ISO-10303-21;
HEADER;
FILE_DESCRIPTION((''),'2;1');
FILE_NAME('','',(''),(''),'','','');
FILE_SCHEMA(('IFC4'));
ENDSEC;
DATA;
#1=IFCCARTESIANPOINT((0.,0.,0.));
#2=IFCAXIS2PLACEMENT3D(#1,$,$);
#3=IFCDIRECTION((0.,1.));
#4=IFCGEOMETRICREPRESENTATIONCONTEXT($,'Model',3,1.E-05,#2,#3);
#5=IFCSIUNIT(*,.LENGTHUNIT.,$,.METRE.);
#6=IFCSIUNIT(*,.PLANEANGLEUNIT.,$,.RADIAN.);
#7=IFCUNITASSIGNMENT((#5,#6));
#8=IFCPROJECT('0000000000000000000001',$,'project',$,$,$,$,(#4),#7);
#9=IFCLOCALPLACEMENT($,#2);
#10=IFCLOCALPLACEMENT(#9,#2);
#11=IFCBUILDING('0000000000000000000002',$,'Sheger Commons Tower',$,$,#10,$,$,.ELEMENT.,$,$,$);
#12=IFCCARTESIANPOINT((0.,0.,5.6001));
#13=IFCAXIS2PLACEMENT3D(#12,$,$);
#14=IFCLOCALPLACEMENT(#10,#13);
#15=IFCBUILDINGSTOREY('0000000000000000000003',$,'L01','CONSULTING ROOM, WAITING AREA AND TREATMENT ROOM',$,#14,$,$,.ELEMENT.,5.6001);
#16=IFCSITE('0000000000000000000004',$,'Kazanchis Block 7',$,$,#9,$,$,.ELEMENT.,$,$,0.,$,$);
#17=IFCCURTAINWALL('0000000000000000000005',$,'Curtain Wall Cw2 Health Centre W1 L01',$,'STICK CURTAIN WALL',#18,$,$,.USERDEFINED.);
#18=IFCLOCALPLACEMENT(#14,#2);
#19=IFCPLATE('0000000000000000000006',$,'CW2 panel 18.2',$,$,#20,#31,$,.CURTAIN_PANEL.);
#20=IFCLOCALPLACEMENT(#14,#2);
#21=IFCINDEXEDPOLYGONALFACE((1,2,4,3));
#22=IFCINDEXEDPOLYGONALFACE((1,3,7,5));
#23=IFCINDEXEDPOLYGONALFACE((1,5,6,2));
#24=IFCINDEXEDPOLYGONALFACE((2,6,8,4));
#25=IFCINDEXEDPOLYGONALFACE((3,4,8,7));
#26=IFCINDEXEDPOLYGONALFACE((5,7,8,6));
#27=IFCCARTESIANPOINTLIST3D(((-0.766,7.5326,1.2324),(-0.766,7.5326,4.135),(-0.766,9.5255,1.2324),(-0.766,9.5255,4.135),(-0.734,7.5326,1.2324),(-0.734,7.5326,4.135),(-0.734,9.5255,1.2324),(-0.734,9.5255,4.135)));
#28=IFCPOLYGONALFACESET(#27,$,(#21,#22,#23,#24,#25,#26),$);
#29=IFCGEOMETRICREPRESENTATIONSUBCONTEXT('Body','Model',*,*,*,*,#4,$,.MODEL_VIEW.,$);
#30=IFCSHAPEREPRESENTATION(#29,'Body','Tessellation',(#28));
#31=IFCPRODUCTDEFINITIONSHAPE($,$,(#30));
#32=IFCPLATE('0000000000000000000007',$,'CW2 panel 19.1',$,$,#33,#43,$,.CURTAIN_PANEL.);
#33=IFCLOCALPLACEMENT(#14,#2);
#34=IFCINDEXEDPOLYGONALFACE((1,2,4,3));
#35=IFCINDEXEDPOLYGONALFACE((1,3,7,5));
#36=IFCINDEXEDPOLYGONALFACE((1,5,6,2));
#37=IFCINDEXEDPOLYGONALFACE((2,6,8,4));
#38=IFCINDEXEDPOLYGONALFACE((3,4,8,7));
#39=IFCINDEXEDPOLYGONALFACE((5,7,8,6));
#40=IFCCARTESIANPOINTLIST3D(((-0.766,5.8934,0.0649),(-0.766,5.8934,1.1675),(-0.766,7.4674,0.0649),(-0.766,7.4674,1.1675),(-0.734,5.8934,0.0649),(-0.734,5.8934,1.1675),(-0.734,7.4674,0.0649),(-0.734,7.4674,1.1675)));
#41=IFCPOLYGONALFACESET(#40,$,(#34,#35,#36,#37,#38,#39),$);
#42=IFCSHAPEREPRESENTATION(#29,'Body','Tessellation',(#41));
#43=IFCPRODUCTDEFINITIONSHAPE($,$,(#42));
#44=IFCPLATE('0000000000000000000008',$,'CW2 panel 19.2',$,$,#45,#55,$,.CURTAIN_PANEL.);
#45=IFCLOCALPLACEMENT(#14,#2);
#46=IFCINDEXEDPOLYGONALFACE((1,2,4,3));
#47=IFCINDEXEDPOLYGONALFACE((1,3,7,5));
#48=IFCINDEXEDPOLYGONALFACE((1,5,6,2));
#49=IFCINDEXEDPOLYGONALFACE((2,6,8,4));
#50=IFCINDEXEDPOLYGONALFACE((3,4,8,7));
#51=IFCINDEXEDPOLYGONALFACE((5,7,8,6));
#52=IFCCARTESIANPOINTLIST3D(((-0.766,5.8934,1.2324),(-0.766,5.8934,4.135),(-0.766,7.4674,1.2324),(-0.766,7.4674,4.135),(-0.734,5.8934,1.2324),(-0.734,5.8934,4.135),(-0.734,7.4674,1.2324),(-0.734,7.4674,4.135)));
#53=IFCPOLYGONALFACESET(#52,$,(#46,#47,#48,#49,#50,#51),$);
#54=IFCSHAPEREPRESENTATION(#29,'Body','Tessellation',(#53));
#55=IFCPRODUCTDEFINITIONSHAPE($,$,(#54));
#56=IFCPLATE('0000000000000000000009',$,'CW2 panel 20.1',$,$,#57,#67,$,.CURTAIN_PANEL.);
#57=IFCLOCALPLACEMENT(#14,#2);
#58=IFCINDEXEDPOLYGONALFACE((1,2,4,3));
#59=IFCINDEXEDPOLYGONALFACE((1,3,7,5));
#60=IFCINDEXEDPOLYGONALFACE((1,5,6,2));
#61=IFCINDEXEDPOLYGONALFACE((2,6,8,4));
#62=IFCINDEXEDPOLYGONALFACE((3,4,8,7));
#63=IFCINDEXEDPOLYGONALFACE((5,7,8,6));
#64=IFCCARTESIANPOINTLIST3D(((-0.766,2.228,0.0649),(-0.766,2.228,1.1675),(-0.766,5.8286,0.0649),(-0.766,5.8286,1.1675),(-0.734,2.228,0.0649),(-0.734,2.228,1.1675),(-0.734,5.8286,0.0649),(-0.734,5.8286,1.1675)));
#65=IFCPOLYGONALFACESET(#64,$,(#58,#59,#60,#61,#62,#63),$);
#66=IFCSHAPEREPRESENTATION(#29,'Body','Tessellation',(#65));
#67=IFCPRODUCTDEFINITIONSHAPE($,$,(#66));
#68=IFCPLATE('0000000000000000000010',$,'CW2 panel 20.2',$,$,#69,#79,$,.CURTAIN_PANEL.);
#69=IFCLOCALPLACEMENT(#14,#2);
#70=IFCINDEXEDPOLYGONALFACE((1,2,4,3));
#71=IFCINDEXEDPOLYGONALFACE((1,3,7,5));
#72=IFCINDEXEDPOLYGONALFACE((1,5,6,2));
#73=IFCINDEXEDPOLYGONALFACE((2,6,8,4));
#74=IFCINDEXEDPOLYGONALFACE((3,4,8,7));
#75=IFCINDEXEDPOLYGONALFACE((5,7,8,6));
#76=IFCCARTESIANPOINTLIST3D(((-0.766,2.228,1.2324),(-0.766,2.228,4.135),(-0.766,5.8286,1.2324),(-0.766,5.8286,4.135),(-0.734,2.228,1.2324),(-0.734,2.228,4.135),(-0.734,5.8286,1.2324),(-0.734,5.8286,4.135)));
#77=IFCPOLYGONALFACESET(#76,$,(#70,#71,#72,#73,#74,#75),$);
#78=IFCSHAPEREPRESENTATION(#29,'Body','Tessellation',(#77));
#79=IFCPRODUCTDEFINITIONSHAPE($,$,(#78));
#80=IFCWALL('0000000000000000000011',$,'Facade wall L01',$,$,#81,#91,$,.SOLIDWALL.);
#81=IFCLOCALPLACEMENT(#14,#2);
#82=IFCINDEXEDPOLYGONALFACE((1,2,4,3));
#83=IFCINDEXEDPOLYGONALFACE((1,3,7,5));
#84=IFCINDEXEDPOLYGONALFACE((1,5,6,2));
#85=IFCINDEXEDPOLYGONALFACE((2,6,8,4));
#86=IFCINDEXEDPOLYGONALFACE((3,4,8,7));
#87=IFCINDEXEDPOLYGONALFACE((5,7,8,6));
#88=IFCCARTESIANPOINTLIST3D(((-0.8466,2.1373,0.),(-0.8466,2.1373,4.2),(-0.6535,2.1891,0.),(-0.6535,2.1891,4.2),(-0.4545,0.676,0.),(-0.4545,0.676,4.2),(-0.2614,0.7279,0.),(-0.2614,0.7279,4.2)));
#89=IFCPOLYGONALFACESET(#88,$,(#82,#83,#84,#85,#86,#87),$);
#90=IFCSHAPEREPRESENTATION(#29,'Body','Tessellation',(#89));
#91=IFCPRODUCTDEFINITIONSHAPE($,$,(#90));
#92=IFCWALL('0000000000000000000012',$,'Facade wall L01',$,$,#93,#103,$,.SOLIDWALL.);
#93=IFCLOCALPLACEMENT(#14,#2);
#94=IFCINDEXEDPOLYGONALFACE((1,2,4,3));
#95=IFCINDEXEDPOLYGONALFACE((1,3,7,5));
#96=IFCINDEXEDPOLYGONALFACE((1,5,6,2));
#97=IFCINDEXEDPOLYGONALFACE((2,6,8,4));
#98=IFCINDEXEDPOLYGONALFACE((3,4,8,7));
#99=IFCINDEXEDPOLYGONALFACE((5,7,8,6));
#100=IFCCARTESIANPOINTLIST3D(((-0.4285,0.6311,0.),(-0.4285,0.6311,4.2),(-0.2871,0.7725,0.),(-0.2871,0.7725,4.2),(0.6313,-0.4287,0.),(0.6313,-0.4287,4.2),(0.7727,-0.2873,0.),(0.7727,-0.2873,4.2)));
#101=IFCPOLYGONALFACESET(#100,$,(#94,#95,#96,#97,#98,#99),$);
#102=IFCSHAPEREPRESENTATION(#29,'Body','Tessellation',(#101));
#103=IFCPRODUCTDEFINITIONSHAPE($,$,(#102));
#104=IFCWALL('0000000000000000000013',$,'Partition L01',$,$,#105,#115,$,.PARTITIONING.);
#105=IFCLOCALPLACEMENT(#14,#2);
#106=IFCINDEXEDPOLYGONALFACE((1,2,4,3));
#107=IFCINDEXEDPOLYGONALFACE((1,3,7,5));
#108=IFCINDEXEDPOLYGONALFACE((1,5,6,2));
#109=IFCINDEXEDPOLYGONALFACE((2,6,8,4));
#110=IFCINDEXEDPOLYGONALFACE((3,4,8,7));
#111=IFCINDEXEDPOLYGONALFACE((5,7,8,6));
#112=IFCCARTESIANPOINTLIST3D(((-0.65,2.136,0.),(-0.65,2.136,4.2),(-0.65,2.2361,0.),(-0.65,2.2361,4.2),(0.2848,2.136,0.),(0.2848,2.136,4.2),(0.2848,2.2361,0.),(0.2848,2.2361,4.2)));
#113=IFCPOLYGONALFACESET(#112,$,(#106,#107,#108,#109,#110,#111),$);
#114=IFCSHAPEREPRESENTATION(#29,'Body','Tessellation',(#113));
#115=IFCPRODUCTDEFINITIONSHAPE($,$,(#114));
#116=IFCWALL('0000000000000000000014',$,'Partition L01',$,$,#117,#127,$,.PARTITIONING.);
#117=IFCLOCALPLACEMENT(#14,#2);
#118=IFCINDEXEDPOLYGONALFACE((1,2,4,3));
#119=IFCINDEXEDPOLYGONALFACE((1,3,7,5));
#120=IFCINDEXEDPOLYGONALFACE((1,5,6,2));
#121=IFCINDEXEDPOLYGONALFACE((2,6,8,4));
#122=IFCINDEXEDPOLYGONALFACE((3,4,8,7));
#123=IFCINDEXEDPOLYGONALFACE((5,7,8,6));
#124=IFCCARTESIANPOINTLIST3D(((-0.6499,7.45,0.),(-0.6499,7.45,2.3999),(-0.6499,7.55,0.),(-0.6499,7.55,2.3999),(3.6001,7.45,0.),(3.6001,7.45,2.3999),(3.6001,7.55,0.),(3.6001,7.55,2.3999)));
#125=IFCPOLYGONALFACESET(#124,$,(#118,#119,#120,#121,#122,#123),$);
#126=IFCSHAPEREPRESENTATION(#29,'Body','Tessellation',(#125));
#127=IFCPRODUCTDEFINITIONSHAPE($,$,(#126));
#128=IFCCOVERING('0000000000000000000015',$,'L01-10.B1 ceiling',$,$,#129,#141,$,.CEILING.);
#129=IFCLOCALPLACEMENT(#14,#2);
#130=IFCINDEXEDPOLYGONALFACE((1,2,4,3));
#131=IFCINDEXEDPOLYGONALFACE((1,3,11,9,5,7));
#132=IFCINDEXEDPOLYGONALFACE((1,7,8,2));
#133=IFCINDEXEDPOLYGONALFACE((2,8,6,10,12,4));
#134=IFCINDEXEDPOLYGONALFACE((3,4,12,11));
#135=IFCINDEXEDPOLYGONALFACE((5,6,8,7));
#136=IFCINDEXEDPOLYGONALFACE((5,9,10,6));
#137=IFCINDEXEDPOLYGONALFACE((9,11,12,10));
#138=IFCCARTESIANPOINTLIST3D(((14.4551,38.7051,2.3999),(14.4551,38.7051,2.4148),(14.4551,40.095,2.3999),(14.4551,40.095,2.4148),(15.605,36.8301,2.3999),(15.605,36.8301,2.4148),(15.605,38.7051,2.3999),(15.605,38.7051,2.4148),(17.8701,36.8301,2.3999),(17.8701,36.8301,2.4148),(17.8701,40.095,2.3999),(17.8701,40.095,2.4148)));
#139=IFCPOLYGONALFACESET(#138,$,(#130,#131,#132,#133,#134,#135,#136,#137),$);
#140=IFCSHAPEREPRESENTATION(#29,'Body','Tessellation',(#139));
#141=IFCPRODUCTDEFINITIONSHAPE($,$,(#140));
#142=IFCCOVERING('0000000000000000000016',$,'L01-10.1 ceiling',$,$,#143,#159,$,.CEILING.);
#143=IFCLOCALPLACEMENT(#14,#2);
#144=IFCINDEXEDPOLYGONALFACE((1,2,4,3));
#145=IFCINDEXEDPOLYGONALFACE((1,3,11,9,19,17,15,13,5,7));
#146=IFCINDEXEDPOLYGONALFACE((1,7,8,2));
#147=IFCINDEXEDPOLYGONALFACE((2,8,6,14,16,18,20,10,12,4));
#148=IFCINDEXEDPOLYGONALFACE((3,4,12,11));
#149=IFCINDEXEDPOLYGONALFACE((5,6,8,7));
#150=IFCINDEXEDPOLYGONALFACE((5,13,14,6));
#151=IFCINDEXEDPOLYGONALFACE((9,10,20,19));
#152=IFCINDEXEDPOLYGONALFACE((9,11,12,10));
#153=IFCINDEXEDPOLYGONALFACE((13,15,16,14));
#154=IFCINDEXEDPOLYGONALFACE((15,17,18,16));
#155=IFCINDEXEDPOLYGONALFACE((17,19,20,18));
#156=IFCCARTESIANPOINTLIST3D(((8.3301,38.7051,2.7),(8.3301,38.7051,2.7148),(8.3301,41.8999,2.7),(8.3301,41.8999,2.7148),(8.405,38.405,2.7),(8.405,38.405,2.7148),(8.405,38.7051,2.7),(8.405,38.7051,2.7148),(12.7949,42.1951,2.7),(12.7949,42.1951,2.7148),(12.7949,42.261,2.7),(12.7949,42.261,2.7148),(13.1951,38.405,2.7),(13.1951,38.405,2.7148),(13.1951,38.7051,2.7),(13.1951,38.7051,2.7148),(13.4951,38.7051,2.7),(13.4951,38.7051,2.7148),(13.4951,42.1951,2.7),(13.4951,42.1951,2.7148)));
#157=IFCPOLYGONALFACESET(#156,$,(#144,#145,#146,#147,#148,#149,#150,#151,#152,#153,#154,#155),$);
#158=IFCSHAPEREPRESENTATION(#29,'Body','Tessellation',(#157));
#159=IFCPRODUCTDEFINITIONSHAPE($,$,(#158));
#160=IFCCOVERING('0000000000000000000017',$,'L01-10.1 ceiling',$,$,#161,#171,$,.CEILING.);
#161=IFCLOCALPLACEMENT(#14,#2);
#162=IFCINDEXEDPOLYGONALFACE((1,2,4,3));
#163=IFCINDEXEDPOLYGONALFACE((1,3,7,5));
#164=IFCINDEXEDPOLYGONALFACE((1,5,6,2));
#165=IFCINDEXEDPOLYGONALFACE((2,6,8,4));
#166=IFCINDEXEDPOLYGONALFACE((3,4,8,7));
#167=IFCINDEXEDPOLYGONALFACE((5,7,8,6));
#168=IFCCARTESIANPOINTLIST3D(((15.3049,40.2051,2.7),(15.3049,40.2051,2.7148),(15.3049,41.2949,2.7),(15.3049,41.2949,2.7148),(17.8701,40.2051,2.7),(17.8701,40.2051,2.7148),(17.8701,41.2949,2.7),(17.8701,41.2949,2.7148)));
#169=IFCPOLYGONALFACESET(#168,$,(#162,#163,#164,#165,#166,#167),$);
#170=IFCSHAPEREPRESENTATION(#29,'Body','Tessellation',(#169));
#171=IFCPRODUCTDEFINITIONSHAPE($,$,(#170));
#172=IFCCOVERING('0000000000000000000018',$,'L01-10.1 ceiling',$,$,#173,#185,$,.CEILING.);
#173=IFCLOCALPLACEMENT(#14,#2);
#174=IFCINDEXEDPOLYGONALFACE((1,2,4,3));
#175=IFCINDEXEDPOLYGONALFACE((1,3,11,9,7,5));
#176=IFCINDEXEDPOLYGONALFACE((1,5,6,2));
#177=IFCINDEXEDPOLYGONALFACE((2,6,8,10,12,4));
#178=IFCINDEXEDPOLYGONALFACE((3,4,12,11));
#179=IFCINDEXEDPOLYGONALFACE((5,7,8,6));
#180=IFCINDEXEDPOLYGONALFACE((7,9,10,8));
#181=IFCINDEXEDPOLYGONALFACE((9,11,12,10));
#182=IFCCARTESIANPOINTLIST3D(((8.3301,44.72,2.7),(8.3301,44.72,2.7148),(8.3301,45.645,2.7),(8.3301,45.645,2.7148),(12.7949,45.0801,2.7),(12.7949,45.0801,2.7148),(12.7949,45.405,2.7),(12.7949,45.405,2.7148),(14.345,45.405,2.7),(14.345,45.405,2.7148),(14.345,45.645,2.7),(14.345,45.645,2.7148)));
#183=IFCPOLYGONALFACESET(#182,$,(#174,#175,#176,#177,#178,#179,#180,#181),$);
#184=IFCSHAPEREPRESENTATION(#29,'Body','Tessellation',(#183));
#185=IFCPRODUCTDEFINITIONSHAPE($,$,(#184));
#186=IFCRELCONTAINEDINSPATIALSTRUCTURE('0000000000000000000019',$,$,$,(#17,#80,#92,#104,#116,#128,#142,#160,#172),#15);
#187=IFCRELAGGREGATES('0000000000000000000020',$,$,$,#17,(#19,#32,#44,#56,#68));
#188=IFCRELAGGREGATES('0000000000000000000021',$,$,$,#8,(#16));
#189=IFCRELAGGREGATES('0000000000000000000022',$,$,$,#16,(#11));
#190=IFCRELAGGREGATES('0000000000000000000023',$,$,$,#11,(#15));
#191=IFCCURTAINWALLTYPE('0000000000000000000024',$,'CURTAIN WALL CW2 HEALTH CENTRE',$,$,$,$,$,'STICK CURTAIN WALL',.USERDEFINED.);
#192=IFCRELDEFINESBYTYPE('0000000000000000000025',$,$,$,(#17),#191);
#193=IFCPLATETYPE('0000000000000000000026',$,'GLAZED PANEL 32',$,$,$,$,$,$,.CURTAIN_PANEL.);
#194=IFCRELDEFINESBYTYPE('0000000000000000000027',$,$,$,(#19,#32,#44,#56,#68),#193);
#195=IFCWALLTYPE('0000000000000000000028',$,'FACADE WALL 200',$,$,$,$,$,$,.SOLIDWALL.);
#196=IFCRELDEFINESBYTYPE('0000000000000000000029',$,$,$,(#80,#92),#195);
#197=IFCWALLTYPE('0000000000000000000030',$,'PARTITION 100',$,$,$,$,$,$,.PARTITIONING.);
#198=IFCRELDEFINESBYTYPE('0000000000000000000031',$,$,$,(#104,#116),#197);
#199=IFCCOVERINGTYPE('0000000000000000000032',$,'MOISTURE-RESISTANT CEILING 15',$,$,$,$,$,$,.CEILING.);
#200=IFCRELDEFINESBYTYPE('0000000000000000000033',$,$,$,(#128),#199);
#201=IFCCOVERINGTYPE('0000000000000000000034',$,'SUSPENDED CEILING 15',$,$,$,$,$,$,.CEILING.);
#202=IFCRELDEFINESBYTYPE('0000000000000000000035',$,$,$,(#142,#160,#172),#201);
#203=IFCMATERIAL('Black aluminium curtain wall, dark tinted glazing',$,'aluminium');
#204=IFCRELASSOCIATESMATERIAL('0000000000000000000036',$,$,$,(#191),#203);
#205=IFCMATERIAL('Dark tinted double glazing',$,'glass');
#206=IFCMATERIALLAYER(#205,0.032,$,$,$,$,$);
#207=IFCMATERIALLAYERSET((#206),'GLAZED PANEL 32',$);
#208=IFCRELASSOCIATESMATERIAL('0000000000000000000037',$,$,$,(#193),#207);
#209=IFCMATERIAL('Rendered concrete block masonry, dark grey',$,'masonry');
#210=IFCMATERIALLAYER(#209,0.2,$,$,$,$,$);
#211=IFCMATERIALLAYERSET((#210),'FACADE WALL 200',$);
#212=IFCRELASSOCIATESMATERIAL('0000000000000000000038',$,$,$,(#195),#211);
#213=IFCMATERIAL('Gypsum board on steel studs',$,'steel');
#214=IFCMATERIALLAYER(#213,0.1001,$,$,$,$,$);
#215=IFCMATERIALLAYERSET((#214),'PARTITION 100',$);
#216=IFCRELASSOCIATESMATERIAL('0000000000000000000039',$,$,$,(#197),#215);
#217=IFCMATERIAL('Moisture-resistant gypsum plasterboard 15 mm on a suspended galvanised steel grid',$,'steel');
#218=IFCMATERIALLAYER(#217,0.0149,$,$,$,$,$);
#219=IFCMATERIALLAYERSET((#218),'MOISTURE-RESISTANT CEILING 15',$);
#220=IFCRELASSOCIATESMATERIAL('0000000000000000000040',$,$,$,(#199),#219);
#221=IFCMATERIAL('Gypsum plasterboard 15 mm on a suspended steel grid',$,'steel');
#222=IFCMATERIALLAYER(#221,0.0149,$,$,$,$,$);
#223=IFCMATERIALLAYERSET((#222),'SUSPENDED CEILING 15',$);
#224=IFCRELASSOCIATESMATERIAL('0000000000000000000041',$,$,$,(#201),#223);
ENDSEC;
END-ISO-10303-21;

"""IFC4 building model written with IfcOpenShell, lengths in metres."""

from ifc_helpers import new_model, si_unit, direction, frame, frame_2d, origin, origin_2d, place, context, subcontext, project, spatial, polyline, rectangle, outline, extrude, material, layer, layer_set, type_object, element, aggregate, save


model = new_model("IFC4")

# Units and contexts
model_context = context("Model", 3, precision=1e-05, world=origin(), true_north=direction((0.0, 1.0)))
body_context = subcontext(model_context, "Body", "Model", "MODEL_VIEW")
ifc_project = project(units=[si_unit("LENGTHUNIT", "METRE"), si_unit("PLANEANGLEUNIT", "RADIAN")], contexts=[model_context])

# Site, building, storey
site_placement = place(None, origin())
site = spatial("IfcSite", under=ifc_project, at=site_placement, Name="Kazanchis Block 7", CompositionType="ELEMENT", RefElevation=0.0)
building_placement = place(site_placement, origin())
building = spatial("IfcBuilding", under=site, at=building_placement, Name="Sheger Commons Tower", CompositionType="ELEMENT")
storey_placement = place(building_placement, frame((0.0, 0.0, 5.6001)))
storey = spatial("IfcBuildingStorey", under=building, at=storey_placement, Name="L01", Description="CONSULTING ROOM, WAITING AREA AND TREATMENT ROOM", CompositionType="ELEMENT", Elevation=5.6001)

# Curtain wall, plates
ifc_material_1 = material(Name="Black aluminium curtain wall, dark tinted glazing", Category="aluminium")
curtain_wall_type = type_object("IfcCurtainWallType", Name="CURTAIN WALL CW2 HEALTH CENTRE", ElementType="STICK CURTAIN WALL", PredefinedType="USERDEFINED", material=ifc_material_1)
curtain_wall_placement = place(storey_placement, origin())
curtain_wall = element("IfcCurtainWall", 1, at=curtain_wall_placement, inside=storey, type_object=curtain_wall_type, Name="Curtain Wall Cw2 Health Centre W1 L01", ObjectType="STICK CURTAIN WALL", PredefinedType="USERDEFINED")
ifc_material_2 = material(Name="Dark tinted double glazing", Category="glass")
ifc_layer_1 = layer(ifc_material_2, 0.032)
ifc_layer_set_1 = layer_set([ifc_layer_1], Name="GLAZED PANEL 32")
plate_type = type_object("IfcPlateType", Name="GLAZED PANEL 32", PredefinedType="CURTAIN_PANEL", material=ifc_layer_set_1)
plate_1_placement = place(storey_placement, frame((-0.75, 8.5291, 1.2324), z_axis=(0.0, 0.0, 1.0), x_axis=(0.0, -1.0, 0.0)))
plate_1 = element("IfcPlate", 2, at=plate_1_placement, type_object=plate_type, Name="CW2 panel 18.2", PredefinedType="CURTAIN_PANEL", context=body_context, shape_type="SweptSolid", body=[
    extrude(rectangle(XDim=1.9929, YDim=0.032, at=origin_2d()), origin(), (0.0, 0.0, 1.0), 2.9026),
])
plate_2_placement = place(storey_placement, frame((-0.75, 6.6804, 0.0649), z_axis=(0.0, 0.0, 1.0), x_axis=(0.0, -1.0, 0.0)))
plate_2 = element("IfcPlate", 3, at=plate_2_placement, type_object=plate_type, Name="CW2 panel 19.1", PredefinedType="CURTAIN_PANEL", context=body_context, shape_type="SweptSolid", body=[
    extrude(rectangle(XDim=1.574, YDim=0.032, at=origin_2d()), origin(), (0.0, 0.0, 1.0), 1.1025),
])
plate_3_placement = place(storey_placement, frame((-0.75, 6.6804, 1.2324), z_axis=(0.0, 0.0, 1.0), x_axis=(0.0, -1.0, 0.0)))
plate_3 = element("IfcPlate", 4, at=plate_3_placement, type_object=plate_type, Name="CW2 panel 19.2", PredefinedType="CURTAIN_PANEL", context=body_context, shape_type="SweptSolid", body=[
    extrude(rectangle(XDim=1.574, YDim=0.032, at=origin_2d()), origin(), (0.0, 0.0, 1.0), 2.9026),
])
plate_4_placement = place(storey_placement, frame((-0.75, 4.0283, 0.0649), z_axis=(0.0, 0.0, 1.0), x_axis=(0.0, -1.0, 0.0)))
plate_4 = element("IfcPlate", 5, at=plate_4_placement, type_object=plate_type, Name="CW2 panel 20.1", PredefinedType="CURTAIN_PANEL", context=body_context, shape_type="SweptSolid", body=[
    extrude(rectangle(XDim=3.6006, YDim=0.032, at=origin_2d()), origin(), (0.0, 0.0, 1.0), 1.1025),
])
plate_5_placement = place(storey_placement, frame((-0.75, 4.0283, 1.2324), z_axis=(0.0, 0.0, 1.0), x_axis=(0.0, -1.0, 0.0)))
plate_5 = element("IfcPlate", 6, at=plate_5_placement, type_object=plate_type, Name="CW2 panel 20.2", PredefinedType="CURTAIN_PANEL", context=body_context, shape_type="SweptSolid", body=[
    extrude(rectangle(XDim=3.6006, YDim=0.032, at=origin_2d()), origin(), (0.0, 0.0, 1.0), 2.9026),
])
aggregate(curtain_wall, [plate_1, plate_2, plate_3, plate_4, plate_5])

# Walls
ifc_material_3 = material(Name="Rendered concrete block masonry, dark grey", Category="masonry")
ifc_layer_2 = layer(ifc_material_3, 0.2)
ifc_layer_set_2 = layer_set([ifc_layer_2], Name="FACADE WALL 200")
wall_type_1 = type_object("IfcWallType", Name="FACADE WALL 200", PredefinedType="SOLIDWALL", material=ifc_layer_set_2)
wall_1_placement = place(storey_placement, frame((-0.75, 2.1631, 0.0), z_axis=(0.0, 0.0, 1.0), x_axis=(0.259169, -0.965832, 0.0)))
element("IfcWall", 7, at=wall_1_placement, inside=storey, type_object=wall_type_1, Name="Facade wall L01", PredefinedType="SOLIDWALL", context=body_context, shape_type="SweptSolid", body=[
    extrude(rectangle(XDim=1.5129, YDim=0.2, at=frame_2d((0.7563, 0.0))), origin(), (0.0, 0.0, 1.0), 4.2),
])
wall_2_placement = place(storey_placement, frame((-0.3579, 0.7019, 0.0), z_axis=(0.0, 0.0, 1.0), x_axis=(0.707107, -0.707107, 0.0)))
element("IfcWall", 8, at=wall_2_placement, inside=storey, type_object=wall_type_1, Name="Facade wall L01", PredefinedType="SOLIDWALL", context=body_context, shape_type="SweptSolid", body=[
    extrude(rectangle(XDim=1.4988, YDim=0.2, at=frame_2d((0.7495, 0.0))), origin(), (0.0, 0.0, 1.0), 4.2),
])
ifc_material_4 = material(Name="Gypsum board on steel studs", Category="steel")
ifc_layer_3 = layer(ifc_material_4, 0.1001)
ifc_layer_set_3 = layer_set([ifc_layer_3], Name="PARTITION 100")
wall_type_2 = type_object("IfcWallType", Name="PARTITION 100", PredefinedType="PARTITIONING", material=ifc_layer_set_3)
wall_3_placement = place(storey_placement, frame((-0.6499, 2.186, 0.0), z_axis=(0.0, 0.0, 1.0), x_axis=(1.0, 0.0, 0.0)))
element("IfcWall", 9, at=wall_3_placement, inside=storey, type_object=wall_type_2, Name="Partition L01", PredefinedType="PARTITIONING", context=body_context, shape_type="SweptSolid", body=[
    extrude(rectangle(XDim=0.9348, YDim=0.1001, at=frame_2d((0.4673, 0.0))), origin(), (0.0, 0.0, 1.0), 4.2),
])
wall_4_placement = place(storey_placement, frame((-0.6499, 7.5, 0.0), z_axis=(0.0, 0.0, 1.0), x_axis=(1.0, 0.0, 0.0)))
element("IfcWall", 10, at=wall_4_placement, inside=storey, type_object=wall_type_2, Name="Partition L01", PredefinedType="PARTITIONING", context=body_context, shape_type="SweptSolid", body=[
    extrude(rectangle(XDim=4.25, YDim=0.1001, at=frame_2d((2.125, 0.0))), origin(), (0.0, 0.0, 1.0), 2.3999),
])

# Coverings
ifc_material_5 = material(Name="Moisture-resistant gypsum plasterboard 15 mm on a suspended galvanised steel grid", Category="steel")
ifc_layer_4 = layer(ifc_material_5, 0.0149)
ifc_layer_set_4 = layer_set([ifc_layer_4], Name="MOISTURE-RESISTANT CEILING 15")
covering_type_1 = type_object("IfcCoveringType", Name="MOISTURE-RESISTANT CEILING 15", PredefinedType="CEILING", material=ifc_layer_set_4)
covering_1_placement = place(storey_placement, frame((0.0, 0.0, 2.3999)))
element("IfcCovering", 11, at=covering_1_placement, inside=storey, type_object=covering_type_1, Name="L01-10.B1 ceiling", PredefinedType="CEILING", context=body_context, shape_type="SweptSolid", body=[
    extrude(outline(polyline([(15.605, 36.8301), (17.8701, 36.8301), (17.8701, 40.095), (14.4551, 40.095), (14.4551, 38.7051), (15.605, 38.7051), (15.605, 36.8301)])), origin(), (0.0, 0.0, 1.0), 0.0149),
])
ifc_material_6 = material(Name="Gypsum plasterboard 15 mm on a suspended steel grid", Category="steel")
ifc_layer_5 = layer(ifc_material_6, 0.0149)
ifc_layer_set_5 = layer_set([ifc_layer_5], Name="SUSPENDED CEILING 15")
covering_type_2 = type_object("IfcCoveringType", Name="SUSPENDED CEILING 15", PredefinedType="CEILING", material=ifc_layer_set_5)
covering_2_placement = place(storey_placement, frame((0.0, 0.0, 2.7)))
element("IfcCovering", 12, at=covering_2_placement, inside=storey, type_object=covering_type_2, Name="L01-10.1 ceiling", PredefinedType="CEILING", context=body_context, shape_type="SweptSolid", body=[
    extrude(outline(polyline([(8.405, 38.405), (13.1951, 38.405), (13.1951, 38.7051), (13.4951, 38.7051), (13.4951, 42.1951), (12.7949, 42.1951), (12.7949, 42.261), (8.3301, 41.8999), (8.3301, 38.7051), (8.405, 38.7051), (8.405, 38.405)])), origin(), (0.0, 0.0, 1.0), 0.0149),
])
covering_3_placement = place(storey_placement, frame((0.0, 0.0, 2.7)))
element("IfcCovering", 13, at=covering_3_placement, inside=storey, type_object=covering_type_2, Name="L01-10.1 ceiling", PredefinedType="CEILING", context=body_context, shape_type="SweptSolid", body=[
    extrude(outline(polyline([(15.3049, 40.2051), (17.8701, 40.2051), (17.8701, 41.2949), (15.3049, 41.2949), (15.3049, 40.2051)])), origin(), (0.0, 0.0, 1.0), 0.0149),
])
covering_4_placement = place(storey_placement, frame((0.0, 0.0, 2.7)))
element("IfcCovering", 14, at=covering_4_placement, inside=storey, type_object=covering_type_2, Name="L01-10.1 ceiling", PredefinedType="CEILING", context=body_context, shape_type="SweptSolid", body=[
    extrude(outline(polyline([(8.3301, 44.72), (12.7949, 45.0801), (12.7949, 45.405), (14.345, 45.405), (14.345, 45.645), (8.3301, 45.645), (8.3301, 44.72)])), origin(), (0.0, 0.0, 1.0), 0.0149),
])

save(model, "model.ifc")
